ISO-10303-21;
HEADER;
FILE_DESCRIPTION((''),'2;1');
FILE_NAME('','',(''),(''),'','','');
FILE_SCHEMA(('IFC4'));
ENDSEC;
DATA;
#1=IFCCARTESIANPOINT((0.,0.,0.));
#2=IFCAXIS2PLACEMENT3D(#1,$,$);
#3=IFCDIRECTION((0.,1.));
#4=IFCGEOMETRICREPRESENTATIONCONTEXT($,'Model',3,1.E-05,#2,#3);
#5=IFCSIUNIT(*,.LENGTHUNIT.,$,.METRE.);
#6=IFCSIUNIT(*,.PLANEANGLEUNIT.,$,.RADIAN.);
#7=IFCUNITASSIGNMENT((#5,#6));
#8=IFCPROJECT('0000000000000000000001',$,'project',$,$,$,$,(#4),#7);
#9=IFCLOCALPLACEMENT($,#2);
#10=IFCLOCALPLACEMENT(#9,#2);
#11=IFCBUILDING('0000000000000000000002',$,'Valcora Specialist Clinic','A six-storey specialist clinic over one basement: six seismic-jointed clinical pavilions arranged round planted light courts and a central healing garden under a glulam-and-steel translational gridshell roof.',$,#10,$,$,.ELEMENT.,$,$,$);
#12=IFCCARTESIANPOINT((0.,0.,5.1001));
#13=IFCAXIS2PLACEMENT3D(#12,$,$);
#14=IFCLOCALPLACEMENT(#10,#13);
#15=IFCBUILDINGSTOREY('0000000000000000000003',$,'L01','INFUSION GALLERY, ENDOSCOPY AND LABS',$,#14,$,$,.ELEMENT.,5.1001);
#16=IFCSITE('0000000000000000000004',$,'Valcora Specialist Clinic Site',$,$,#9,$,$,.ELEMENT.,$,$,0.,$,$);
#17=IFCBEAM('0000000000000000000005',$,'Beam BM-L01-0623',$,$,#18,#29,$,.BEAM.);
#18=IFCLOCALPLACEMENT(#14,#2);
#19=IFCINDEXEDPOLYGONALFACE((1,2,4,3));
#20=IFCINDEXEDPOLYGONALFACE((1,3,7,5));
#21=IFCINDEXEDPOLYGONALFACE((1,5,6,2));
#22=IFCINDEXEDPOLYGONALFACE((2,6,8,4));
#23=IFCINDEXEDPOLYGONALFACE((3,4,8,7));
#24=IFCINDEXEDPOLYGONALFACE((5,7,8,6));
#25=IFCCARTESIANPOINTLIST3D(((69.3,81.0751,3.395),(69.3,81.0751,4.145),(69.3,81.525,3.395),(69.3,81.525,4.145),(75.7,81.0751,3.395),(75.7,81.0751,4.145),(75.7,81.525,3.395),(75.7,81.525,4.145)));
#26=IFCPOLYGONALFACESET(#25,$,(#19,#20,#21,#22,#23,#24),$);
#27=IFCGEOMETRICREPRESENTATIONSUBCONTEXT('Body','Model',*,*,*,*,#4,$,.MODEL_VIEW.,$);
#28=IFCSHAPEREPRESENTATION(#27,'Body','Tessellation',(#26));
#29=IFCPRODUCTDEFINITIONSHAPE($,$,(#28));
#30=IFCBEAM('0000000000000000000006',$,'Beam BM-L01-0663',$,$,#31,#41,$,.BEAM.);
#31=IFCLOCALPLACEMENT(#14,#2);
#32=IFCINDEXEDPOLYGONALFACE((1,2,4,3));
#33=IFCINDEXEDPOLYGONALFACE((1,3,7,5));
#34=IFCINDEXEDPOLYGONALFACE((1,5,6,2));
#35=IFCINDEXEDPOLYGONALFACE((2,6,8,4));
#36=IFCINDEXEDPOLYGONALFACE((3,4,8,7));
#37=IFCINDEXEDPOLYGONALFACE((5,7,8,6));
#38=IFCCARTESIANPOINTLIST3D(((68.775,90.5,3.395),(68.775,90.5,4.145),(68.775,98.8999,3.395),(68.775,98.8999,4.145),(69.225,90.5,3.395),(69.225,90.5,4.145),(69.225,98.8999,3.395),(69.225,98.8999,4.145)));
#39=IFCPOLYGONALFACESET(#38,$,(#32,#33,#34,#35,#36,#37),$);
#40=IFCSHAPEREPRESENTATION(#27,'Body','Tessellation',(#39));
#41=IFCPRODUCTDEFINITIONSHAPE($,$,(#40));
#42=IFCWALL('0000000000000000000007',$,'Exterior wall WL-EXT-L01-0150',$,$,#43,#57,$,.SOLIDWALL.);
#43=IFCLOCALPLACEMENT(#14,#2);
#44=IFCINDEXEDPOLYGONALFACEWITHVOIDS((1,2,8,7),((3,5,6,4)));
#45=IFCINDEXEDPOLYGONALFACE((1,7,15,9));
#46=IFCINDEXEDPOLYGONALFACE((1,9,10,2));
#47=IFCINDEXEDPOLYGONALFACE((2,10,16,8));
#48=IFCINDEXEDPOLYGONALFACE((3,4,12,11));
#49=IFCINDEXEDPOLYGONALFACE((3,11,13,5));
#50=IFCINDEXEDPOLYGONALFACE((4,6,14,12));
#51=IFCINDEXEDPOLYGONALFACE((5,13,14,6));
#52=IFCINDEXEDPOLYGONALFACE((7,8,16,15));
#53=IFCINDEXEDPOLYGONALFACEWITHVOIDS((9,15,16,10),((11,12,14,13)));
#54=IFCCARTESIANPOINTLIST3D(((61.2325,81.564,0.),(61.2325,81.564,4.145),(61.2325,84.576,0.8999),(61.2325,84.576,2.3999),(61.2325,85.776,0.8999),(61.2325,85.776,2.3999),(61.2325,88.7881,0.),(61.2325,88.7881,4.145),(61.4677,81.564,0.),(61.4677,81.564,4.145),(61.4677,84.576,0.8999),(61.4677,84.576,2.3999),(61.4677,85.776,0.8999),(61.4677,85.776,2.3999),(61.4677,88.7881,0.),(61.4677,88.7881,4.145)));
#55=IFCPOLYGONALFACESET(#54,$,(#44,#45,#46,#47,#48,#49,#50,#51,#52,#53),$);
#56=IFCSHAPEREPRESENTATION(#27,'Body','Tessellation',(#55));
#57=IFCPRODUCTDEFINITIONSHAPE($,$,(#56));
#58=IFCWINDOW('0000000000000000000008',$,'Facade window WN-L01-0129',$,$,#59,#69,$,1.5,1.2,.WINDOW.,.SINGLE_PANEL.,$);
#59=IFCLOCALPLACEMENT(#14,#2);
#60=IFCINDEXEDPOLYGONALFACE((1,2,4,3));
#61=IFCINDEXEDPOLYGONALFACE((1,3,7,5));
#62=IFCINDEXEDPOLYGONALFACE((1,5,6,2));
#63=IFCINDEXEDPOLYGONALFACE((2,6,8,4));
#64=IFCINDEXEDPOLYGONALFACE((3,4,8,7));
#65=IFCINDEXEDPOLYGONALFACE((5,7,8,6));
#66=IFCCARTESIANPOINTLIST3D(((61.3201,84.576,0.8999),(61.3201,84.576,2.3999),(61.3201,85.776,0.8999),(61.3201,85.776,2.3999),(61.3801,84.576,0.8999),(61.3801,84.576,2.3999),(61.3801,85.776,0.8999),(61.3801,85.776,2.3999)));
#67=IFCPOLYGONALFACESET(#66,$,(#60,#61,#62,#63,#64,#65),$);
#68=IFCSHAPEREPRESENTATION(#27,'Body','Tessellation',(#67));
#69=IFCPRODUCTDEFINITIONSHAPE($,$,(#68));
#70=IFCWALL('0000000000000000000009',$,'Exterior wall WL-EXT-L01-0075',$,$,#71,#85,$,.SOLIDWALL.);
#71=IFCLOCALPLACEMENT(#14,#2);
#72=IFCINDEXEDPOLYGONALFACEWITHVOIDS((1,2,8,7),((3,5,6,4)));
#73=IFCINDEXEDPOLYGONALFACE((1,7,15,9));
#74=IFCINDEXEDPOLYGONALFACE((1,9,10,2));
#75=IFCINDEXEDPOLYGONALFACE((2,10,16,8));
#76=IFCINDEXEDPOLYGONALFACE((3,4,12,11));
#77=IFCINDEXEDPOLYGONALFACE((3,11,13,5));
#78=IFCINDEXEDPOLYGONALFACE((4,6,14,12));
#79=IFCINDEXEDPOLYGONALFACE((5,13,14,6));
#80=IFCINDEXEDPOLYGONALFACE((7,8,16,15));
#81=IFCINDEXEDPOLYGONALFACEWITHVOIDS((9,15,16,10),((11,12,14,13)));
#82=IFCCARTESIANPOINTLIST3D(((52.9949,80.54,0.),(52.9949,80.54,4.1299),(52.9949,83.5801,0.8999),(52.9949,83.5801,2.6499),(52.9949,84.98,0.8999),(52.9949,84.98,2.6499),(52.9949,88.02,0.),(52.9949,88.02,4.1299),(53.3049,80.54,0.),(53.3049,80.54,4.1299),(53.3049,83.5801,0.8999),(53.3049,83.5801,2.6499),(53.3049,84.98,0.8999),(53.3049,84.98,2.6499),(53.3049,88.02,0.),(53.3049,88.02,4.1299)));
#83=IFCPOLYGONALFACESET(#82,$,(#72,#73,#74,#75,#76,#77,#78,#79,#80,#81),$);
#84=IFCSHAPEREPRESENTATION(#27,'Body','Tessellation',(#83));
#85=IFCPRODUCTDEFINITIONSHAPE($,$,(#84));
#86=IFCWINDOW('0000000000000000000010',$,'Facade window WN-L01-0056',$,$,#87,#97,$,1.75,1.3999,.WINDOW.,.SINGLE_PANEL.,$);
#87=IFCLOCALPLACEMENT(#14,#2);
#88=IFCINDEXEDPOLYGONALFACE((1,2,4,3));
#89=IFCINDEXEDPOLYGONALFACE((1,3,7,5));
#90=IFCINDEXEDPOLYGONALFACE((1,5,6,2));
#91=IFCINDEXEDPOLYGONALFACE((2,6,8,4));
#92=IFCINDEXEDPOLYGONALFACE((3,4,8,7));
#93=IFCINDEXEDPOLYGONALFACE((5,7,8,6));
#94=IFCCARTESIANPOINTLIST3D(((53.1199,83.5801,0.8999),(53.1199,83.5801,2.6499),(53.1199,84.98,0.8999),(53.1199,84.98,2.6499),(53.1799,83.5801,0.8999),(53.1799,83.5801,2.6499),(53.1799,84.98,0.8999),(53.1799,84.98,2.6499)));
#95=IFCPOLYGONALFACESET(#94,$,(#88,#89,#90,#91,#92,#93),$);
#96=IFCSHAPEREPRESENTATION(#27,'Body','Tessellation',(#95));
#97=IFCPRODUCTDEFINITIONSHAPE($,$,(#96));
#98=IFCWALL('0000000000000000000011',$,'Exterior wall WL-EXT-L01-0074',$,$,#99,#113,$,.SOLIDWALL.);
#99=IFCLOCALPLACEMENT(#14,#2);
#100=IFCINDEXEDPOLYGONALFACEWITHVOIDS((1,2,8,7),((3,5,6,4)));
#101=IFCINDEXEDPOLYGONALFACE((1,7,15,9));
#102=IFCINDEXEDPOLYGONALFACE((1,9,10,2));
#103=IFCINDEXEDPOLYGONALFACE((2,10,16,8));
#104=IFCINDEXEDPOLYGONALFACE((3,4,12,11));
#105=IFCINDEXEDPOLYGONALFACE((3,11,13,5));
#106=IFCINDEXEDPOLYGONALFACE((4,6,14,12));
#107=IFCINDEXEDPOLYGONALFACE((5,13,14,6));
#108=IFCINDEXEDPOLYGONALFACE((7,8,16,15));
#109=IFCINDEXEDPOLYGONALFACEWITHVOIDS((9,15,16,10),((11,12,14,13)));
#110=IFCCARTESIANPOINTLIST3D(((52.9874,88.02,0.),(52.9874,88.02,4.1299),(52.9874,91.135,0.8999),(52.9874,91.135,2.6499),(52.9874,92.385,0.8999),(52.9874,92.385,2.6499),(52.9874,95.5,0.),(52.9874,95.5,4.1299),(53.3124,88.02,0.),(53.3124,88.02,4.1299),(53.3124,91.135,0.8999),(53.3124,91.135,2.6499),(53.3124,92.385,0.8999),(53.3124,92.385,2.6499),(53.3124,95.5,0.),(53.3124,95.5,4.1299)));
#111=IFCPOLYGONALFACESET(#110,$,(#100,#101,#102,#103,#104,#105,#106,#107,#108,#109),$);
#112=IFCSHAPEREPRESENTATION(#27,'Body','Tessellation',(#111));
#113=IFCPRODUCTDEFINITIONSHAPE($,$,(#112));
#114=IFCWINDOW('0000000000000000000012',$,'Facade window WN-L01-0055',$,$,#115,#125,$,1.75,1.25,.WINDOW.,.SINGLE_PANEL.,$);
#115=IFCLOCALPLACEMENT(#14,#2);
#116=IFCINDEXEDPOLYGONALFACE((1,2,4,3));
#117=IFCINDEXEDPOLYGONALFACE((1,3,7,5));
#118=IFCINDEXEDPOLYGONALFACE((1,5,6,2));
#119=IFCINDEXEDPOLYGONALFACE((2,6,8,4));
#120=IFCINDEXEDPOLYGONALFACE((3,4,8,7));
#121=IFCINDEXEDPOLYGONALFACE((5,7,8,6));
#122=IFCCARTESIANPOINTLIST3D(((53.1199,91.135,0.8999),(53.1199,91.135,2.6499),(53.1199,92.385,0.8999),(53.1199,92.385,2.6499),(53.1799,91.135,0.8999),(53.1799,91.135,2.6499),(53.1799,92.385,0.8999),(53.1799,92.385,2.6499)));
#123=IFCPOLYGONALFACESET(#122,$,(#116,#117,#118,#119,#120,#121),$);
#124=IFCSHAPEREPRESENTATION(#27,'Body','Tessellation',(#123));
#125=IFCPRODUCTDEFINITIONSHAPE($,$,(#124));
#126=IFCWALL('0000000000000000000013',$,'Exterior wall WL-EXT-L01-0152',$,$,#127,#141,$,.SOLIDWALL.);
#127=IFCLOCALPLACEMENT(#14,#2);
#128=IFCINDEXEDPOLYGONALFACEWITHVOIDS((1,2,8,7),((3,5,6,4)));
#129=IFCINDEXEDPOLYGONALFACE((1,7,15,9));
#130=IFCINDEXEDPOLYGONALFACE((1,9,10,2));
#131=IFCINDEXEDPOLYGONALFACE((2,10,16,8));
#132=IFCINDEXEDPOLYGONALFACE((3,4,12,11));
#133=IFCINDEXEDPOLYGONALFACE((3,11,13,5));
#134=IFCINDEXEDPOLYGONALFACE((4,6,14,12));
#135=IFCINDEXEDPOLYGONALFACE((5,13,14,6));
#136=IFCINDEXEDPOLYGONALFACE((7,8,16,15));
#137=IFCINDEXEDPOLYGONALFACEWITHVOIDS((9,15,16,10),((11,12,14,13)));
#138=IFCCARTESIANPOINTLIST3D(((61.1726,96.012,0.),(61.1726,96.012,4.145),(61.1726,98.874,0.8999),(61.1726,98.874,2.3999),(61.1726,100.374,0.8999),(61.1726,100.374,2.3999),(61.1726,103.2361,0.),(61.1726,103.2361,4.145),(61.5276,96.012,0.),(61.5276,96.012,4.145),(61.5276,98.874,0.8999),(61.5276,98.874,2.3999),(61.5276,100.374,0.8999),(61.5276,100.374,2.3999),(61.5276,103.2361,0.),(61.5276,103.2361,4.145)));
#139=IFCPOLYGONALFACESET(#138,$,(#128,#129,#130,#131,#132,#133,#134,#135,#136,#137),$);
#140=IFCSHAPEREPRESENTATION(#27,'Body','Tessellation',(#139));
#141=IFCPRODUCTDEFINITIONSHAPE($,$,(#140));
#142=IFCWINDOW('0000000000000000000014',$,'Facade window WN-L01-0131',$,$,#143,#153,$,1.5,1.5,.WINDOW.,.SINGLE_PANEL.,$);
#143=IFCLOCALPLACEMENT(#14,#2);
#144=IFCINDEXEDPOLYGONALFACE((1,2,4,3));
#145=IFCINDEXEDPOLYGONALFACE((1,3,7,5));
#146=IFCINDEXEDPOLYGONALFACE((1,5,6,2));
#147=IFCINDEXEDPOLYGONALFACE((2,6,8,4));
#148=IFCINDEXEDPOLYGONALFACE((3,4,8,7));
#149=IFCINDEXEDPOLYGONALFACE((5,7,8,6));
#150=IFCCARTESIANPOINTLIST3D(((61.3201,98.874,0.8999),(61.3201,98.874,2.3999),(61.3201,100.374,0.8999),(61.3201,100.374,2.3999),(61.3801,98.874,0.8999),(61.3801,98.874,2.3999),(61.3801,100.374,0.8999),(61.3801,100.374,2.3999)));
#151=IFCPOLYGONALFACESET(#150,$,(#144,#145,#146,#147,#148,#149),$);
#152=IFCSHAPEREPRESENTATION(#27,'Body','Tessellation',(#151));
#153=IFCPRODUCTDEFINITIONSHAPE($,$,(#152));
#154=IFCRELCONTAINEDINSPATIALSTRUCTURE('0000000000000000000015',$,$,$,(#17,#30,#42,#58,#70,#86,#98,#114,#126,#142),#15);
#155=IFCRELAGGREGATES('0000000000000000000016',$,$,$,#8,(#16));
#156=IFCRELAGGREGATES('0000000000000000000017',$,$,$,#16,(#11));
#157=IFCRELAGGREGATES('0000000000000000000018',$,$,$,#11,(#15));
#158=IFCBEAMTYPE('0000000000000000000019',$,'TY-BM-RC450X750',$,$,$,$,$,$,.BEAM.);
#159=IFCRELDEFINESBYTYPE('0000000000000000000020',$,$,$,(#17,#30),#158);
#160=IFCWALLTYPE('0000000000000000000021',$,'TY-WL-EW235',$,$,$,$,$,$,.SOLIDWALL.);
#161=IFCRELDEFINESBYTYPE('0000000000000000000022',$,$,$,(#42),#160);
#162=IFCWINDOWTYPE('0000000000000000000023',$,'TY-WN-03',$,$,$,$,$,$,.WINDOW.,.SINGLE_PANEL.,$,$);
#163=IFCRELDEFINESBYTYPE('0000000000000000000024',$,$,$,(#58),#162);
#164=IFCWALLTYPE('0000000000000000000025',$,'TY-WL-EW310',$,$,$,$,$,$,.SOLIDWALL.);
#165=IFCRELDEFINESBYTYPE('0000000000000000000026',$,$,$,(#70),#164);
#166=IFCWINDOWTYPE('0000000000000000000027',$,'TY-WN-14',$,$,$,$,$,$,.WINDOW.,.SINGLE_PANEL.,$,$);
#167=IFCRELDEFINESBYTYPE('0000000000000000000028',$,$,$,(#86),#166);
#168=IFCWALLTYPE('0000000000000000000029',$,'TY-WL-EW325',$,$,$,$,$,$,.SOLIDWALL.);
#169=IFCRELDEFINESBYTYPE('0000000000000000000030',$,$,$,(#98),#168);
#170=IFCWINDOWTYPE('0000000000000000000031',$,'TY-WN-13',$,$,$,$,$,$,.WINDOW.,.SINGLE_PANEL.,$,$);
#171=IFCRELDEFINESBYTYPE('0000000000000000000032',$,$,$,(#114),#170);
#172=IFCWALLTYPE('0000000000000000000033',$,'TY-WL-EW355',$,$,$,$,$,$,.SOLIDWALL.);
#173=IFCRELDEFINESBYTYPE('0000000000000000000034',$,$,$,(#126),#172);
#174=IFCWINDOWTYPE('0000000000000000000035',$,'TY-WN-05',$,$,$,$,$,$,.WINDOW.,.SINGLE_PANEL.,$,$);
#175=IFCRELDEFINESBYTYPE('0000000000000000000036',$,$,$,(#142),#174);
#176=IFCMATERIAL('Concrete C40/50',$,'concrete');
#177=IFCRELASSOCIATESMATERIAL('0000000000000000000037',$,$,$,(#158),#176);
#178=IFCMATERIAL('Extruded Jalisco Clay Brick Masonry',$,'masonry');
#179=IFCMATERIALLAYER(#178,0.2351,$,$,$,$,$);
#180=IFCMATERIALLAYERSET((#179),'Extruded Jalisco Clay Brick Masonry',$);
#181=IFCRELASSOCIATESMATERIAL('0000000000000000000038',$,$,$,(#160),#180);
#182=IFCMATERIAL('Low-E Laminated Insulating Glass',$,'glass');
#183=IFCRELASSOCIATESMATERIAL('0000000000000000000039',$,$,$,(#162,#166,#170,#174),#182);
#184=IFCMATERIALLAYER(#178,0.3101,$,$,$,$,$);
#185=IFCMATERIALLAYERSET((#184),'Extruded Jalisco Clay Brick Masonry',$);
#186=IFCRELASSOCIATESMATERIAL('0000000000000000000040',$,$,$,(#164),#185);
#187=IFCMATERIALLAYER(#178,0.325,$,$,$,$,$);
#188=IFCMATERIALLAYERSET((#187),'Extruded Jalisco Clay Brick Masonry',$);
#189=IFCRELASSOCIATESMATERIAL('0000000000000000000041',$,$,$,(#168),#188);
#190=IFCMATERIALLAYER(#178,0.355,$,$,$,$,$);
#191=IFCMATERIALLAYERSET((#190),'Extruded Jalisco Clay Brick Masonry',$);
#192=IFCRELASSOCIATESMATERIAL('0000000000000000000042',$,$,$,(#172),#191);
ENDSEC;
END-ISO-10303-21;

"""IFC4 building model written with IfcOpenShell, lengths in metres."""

from ifc_helpers import new_model, si_unit, direction, frame, frame_2d, origin, origin_2d, place, context, subcontext, project, spatial, rectangle, extrude, material, layer, layer_set, material_profile, profile_set, type_object, element, fill, save


model = new_model("IFC4")

# Units and contexts
model_context = context("Model", 3, precision=1e-05, world=origin(), true_north=direction((0.0, 1.0)))
body_context = subcontext(model_context, "Body", "Model", "MODEL_VIEW")
ifc_project = project(units=[si_unit("LENGTHUNIT", "METRE"), si_unit("PLANEANGLEUNIT", "RADIAN")], contexts=[model_context])

# Site, building, storey
site_placement = place(None, origin())
site = spatial("IfcSite", under=ifc_project, at=site_placement, Name="Valcora Specialist Clinic Site", CompositionType="ELEMENT", RefElevation=0.0)
building_placement = place(site_placement, origin())
building = spatial("IfcBuilding", under=site, at=building_placement, Name="Valcora Specialist Clinic", Description="A six-storey specialist clinic over one basement: six seismic-jointed clinical pavilions arranged round planted light courts and a central healing garden under a glulam-and-steel translational gridshell roof.", CompositionType="ELEMENT")
storey_placement = place(building_placement, frame((0.0, 0.0, 5.1001)))
storey = spatial("IfcBuildingStorey", under=building, at=storey_placement, Name="L01", Description="INFUSION GALLERY, ENDOSCOPY AND LABS", CompositionType="ELEMENT", Elevation=5.1001)

# Shared definitions
ifc_material_1 = material(Name="Concrete C40/50", Category="concrete")

# Beams
ifc_material_profile_1 = material_profile(ifc_material_1, rectangle(XDim=0.45, YDim=0.75, at=origin_2d()), Name="RC-BM-450X750")
ifc_profile_set_1 = profile_set([ifc_material_profile_1], Name="Concrete C40/50")
beam_type_1 = type_object("IfcBeamType", Name="TY-BM-RC450X750", PredefinedType="BEAM", material=ifc_profile_set_1)
beam_1_placement = place(storey_placement, frame((69.3, 81.3, 3.77), z_axis=(1.0, 0.0, 0.0), x_axis=(0.0, 1.0, 0.0)))
element("IfcBeam", 1, at=beam_1_placement, inside=storey, type_object=beam_type_1, Name="Beam BM-L01-0623", PredefinedType="BEAM", context=body_context, shape_type="SweptSolid", body=[
    extrude(rectangle(XDim=0.45, YDim=0.75, at=origin_2d()), origin(), (0.0, 0.0, 1.0), 6.3999),
])
beam_2_placement = place(storey_placement, frame((69.0, 90.5, 3.77), z_axis=(0.0, 1.0, 0.0), x_axis=(-1.0, 0.0, 0.0)))
element("IfcBeam", 2, at=beam_2_placement, inside=storey, type_object=beam_type_1, Name="Beam BM-L01-0663", PredefinedType="BEAM", context=body_context, shape_type="SweptSolid", body=[
    extrude(rectangle(XDim=0.45, YDim=0.75, at=origin_2d()), origin(), (0.0, 0.0, 1.0), 8.3999),
])

# Walls, openings, windows
ifc_material_2 = material(Name="Extruded Jalisco Clay Brick Masonry", Category="masonry")
ifc_layer_1 = layer(ifc_material_2, 0.2351)
ifc_layer_set_1 = layer_set([ifc_layer_1], Name="Extruded Jalisco Clay Brick Masonry")
wall_type_1 = type_object("IfcWallType", Name="TY-WL-EW235", PredefinedType="SOLIDWALL", material=ifc_layer_set_1)
wall_1_placement = place(storey_placement, frame((61.3501, 81.564, 0.0), z_axis=(0.0, 0.0, 1.0), x_axis=(0.0, 1.0, 0.0)))
wall_1 = element("IfcWall", 3, at=wall_1_placement, inside=storey, type_object=wall_type_1, Name="Exterior wall WL-EXT-L01-0150", PredefinedType="SOLIDWALL", context=body_context, shape_type="SweptSolid", body=[
    extrude(rectangle(XDim=7.2241, YDim=0.2351, at=frame_2d((3.6121, 0.0))), origin(), (0.0, 0.0, 1.0), 4.145),
])
opening_1_placement = place(wall_1_placement, frame((3.012, 0.0, 0.8999)))
opening_1 = element("IfcOpeningElement", 4, at=opening_1_placement, cuts=wall_1, PredefinedType="OPENING", context=body_context, shape_type="SweptSolid", body=[
    extrude(rectangle(XDim=1.2, YDim=1.5, at=frame_2d((0.6001, 0.75))), frame((0.0, 0.1274, 0.0), z_axis=(0.0, -1.0, 0.0), x_axis=(1.0, 0.0, 0.0)), (0.0, 0.0, 1.0), 0.2551),
])
ifc_material_3 = material(Name="Low-E Laminated Insulating Glass", Category="glass")
window_type_1 = type_object("IfcWindowType", Name="TY-WN-03", PartitioningType="SINGLE_PANEL", PredefinedType="WINDOW", material=ifc_material_3)
window_1_placement = place(opening_1_placement, origin())
window_1 = element("IfcWindow", 5, at=window_1_placement, inside=storey, type_object=window_type_1, Name="Facade window WN-L01-0129", OverallHeight=1.5, OverallWidth=1.2, PartitioningType="SINGLE_PANEL", PredefinedType="WINDOW", context=body_context, shape_type="SweptSolid", body=[
    extrude(rectangle(XDim=1.2, YDim=1.5, at=frame_2d((0.6001, 0.75))), frame((0.0, 0.03, 0.0), z_axis=(0.0, -1.0, 0.0), x_axis=(1.0, 0.0, 0.0)), (0.0, 0.0, 1.0), 0.0601),
])
fill(opening_1, window_1)
ifc_layer_2 = layer(ifc_material_2, 0.3101)
ifc_layer_set_2 = layer_set([ifc_layer_2], Name="Extruded Jalisco Clay Brick Masonry")
wall_type_2 = type_object("IfcWallType", Name="TY-WL-EW310", PredefinedType="SOLIDWALL", material=ifc_layer_set_2)
wall_2_placement = place(storey_placement, frame((53.1499, 88.02, 0.0), z_axis=(0.0, 0.0, 1.0), x_axis=(0.0, -1.0, 0.0)))
wall_2 = element("IfcWall", 6, at=wall_2_placement, inside=storey, type_object=wall_type_2, Name="Exterior wall WL-EXT-L01-0075", PredefinedType="SOLIDWALL", context=body_context, shape_type="SweptSolid", body=[
    extrude(rectangle(XDim=7.48, YDim=0.3101, at=frame_2d((3.74, 0.0))), origin(), (0.0, 0.0, 1.0), 4.1299),
])
opening_2_placement = place(wall_2_placement, frame((3.04, 0.0, 0.8999)))
opening_2 = element("IfcOpeningElement", 7, at=opening_2_placement, cuts=wall_2, PredefinedType="OPENING", context=body_context, shape_type="SweptSolid", body=[
    extrude(rectangle(XDim=1.3999, YDim=1.75, at=frame_2d((0.7, 0.875))), frame((0.0, 0.165, 0.0), z_axis=(0.0, -1.0, 0.0), x_axis=(1.0, 0.0, 0.0)), (0.0, 0.0, 1.0), 0.3301),
])
window_type_2 = type_object("IfcWindowType", Name="TY-WN-14", PartitioningType="SINGLE_PANEL", PredefinedType="WINDOW", material=ifc_material_3)
window_2_placement = place(opening_2_placement, origin())
window_2 = element("IfcWindow", 8, at=window_2_placement, inside=storey, type_object=window_type_2, Name="Facade window WN-L01-0056", OverallHeight=1.75, OverallWidth=1.3999, PartitioningType="SINGLE_PANEL", PredefinedType="WINDOW", context=body_context, shape_type="SweptSolid", body=[
    extrude(rectangle(XDim=1.3999, YDim=1.75, at=frame_2d((0.7, 0.875))), frame((0.0, 0.03, 0.0), z_axis=(0.0, -1.0, 0.0), x_axis=(1.0, 0.0, 0.0)), (0.0, 0.0, 1.0), 0.0601),
])
fill(opening_2, window_2)
ifc_layer_3 = layer(ifc_material_2, 0.325)
ifc_layer_set_3 = layer_set([ifc_layer_3], Name="Extruded Jalisco Clay Brick Masonry")
wall_type_3 = type_object("IfcWallType", Name="TY-WL-EW325", PredefinedType="SOLIDWALL", material=ifc_layer_set_3)
wall_3_placement = place(storey_placement, frame((53.1499, 95.5, 0.0), z_axis=(0.0, 0.0, 1.0), x_axis=(0.0, -1.0, 0.0)))
wall_3 = element("IfcWall", 9, at=wall_3_placement, inside=storey, type_object=wall_type_3, Name="Exterior wall WL-EXT-L01-0074", PredefinedType="SOLIDWALL", context=body_context, shape_type="SweptSolid", body=[
    extrude(rectangle(XDim=7.48, YDim=0.325, at=frame_2d((3.74, 0.0))), origin(), (0.0, 0.0, 1.0), 4.1299),
])
opening_3_placement = place(wall_3_placement, frame((3.115, 0.0, 0.8999)))
opening_3 = element("IfcOpeningElement", 10, at=opening_3_placement, cuts=wall_3, PredefinedType="OPENING", context=body_context, shape_type="SweptSolid", body=[
    extrude(rectangle(XDim=1.25, YDim=1.75, at=frame_2d((0.625, 0.875))), frame((0.0, 0.1724, 0.0), z_axis=(0.0, -1.0, 0.0), x_axis=(1.0, 0.0, 0.0)), (0.0, 0.0, 1.0), 0.345),
])
window_type_3 = type_object("IfcWindowType", Name="TY-WN-13", PartitioningType="SINGLE_PANEL", PredefinedType="WINDOW", material=ifc_material_3)
window_3_placement = place(opening_3_placement, origin())
window_3 = element("IfcWindow", 11, at=window_3_placement, inside=storey, type_object=window_type_3, Name="Facade window WN-L01-0055", OverallHeight=1.75, OverallWidth=1.25, PartitioningType="SINGLE_PANEL", PredefinedType="WINDOW", context=body_context, shape_type="SweptSolid", body=[
    extrude(rectangle(XDim=1.25, YDim=1.75, at=frame_2d((0.625, 0.875))), frame((0.0, 0.03, 0.0), z_axis=(0.0, -1.0, 0.0), x_axis=(1.0, 0.0, 0.0)), (0.0, 0.0, 1.0), 0.0601),
])
fill(opening_3, window_3)
ifc_layer_4 = layer(ifc_material_2, 0.355)
ifc_layer_set_4 = layer_set([ifc_layer_4], Name="Extruded Jalisco Clay Brick Masonry")
wall_type_4 = type_object("IfcWallType", Name="TY-WL-EW355", PredefinedType="SOLIDWALL", material=ifc_layer_set_4)
wall_4_placement = place(storey_placement, frame((61.3501, 96.012, 0.0), z_axis=(0.0, 0.0, 1.0), x_axis=(0.0, 1.0, 0.0)))
wall_4 = element("IfcWall", 12, at=wall_4_placement, inside=storey, type_object=wall_type_4, Name="Exterior wall WL-EXT-L01-0152", PredefinedType="SOLIDWALL", context=body_context, shape_type="SweptSolid", body=[
    extrude(rectangle(XDim=7.2241, YDim=0.355, at=frame_2d((3.6121, 0.0))), origin(), (0.0, 0.0, 1.0), 4.145),
])
opening_4_placement = place(wall_4_placement, frame((2.8621, 0.0, 0.8999)))
opening_4 = element("IfcOpeningElement", 13, at=opening_4_placement, cuts=wall_4, PredefinedType="OPENING", context=body_context, shape_type="SweptSolid", body=[
    extrude(rectangle(XDim=1.5, YDim=1.5, at=frame_2d((0.75, 0.75))), frame((0.0, 0.1875, 0.0), z_axis=(0.0, -1.0, 0.0), x_axis=(1.0, 0.0, 0.0)), (0.0, 0.0, 1.0), 0.375),
])
window_type_4 = type_object("IfcWindowType", Name="TY-WN-05", PartitioningType="SINGLE_PANEL", PredefinedType="WINDOW", material=ifc_material_3)
window_4_placement = place(opening_4_placement, origin())
window_4 = element("IfcWindow", 14, at=window_4_placement, inside=storey, type_object=window_type_4, Name="Facade window WN-L01-0131", OverallHeight=1.5, OverallWidth=1.5, PartitioningType="SINGLE_PANEL", PredefinedType="WINDOW", context=body_context, shape_type="SweptSolid", body=[
    extrude(rectangle(XDim=1.5, YDim=1.5, at=frame_2d((0.75, 0.75))), frame((0.0, 0.03, 0.0), z_axis=(0.0, -1.0, 0.0), x_axis=(1.0, 0.0, 0.0)), (0.0, 0.0, 1.0), 0.0601),
])
fill(opening_4, window_4)

save(model, "model.ifc")
